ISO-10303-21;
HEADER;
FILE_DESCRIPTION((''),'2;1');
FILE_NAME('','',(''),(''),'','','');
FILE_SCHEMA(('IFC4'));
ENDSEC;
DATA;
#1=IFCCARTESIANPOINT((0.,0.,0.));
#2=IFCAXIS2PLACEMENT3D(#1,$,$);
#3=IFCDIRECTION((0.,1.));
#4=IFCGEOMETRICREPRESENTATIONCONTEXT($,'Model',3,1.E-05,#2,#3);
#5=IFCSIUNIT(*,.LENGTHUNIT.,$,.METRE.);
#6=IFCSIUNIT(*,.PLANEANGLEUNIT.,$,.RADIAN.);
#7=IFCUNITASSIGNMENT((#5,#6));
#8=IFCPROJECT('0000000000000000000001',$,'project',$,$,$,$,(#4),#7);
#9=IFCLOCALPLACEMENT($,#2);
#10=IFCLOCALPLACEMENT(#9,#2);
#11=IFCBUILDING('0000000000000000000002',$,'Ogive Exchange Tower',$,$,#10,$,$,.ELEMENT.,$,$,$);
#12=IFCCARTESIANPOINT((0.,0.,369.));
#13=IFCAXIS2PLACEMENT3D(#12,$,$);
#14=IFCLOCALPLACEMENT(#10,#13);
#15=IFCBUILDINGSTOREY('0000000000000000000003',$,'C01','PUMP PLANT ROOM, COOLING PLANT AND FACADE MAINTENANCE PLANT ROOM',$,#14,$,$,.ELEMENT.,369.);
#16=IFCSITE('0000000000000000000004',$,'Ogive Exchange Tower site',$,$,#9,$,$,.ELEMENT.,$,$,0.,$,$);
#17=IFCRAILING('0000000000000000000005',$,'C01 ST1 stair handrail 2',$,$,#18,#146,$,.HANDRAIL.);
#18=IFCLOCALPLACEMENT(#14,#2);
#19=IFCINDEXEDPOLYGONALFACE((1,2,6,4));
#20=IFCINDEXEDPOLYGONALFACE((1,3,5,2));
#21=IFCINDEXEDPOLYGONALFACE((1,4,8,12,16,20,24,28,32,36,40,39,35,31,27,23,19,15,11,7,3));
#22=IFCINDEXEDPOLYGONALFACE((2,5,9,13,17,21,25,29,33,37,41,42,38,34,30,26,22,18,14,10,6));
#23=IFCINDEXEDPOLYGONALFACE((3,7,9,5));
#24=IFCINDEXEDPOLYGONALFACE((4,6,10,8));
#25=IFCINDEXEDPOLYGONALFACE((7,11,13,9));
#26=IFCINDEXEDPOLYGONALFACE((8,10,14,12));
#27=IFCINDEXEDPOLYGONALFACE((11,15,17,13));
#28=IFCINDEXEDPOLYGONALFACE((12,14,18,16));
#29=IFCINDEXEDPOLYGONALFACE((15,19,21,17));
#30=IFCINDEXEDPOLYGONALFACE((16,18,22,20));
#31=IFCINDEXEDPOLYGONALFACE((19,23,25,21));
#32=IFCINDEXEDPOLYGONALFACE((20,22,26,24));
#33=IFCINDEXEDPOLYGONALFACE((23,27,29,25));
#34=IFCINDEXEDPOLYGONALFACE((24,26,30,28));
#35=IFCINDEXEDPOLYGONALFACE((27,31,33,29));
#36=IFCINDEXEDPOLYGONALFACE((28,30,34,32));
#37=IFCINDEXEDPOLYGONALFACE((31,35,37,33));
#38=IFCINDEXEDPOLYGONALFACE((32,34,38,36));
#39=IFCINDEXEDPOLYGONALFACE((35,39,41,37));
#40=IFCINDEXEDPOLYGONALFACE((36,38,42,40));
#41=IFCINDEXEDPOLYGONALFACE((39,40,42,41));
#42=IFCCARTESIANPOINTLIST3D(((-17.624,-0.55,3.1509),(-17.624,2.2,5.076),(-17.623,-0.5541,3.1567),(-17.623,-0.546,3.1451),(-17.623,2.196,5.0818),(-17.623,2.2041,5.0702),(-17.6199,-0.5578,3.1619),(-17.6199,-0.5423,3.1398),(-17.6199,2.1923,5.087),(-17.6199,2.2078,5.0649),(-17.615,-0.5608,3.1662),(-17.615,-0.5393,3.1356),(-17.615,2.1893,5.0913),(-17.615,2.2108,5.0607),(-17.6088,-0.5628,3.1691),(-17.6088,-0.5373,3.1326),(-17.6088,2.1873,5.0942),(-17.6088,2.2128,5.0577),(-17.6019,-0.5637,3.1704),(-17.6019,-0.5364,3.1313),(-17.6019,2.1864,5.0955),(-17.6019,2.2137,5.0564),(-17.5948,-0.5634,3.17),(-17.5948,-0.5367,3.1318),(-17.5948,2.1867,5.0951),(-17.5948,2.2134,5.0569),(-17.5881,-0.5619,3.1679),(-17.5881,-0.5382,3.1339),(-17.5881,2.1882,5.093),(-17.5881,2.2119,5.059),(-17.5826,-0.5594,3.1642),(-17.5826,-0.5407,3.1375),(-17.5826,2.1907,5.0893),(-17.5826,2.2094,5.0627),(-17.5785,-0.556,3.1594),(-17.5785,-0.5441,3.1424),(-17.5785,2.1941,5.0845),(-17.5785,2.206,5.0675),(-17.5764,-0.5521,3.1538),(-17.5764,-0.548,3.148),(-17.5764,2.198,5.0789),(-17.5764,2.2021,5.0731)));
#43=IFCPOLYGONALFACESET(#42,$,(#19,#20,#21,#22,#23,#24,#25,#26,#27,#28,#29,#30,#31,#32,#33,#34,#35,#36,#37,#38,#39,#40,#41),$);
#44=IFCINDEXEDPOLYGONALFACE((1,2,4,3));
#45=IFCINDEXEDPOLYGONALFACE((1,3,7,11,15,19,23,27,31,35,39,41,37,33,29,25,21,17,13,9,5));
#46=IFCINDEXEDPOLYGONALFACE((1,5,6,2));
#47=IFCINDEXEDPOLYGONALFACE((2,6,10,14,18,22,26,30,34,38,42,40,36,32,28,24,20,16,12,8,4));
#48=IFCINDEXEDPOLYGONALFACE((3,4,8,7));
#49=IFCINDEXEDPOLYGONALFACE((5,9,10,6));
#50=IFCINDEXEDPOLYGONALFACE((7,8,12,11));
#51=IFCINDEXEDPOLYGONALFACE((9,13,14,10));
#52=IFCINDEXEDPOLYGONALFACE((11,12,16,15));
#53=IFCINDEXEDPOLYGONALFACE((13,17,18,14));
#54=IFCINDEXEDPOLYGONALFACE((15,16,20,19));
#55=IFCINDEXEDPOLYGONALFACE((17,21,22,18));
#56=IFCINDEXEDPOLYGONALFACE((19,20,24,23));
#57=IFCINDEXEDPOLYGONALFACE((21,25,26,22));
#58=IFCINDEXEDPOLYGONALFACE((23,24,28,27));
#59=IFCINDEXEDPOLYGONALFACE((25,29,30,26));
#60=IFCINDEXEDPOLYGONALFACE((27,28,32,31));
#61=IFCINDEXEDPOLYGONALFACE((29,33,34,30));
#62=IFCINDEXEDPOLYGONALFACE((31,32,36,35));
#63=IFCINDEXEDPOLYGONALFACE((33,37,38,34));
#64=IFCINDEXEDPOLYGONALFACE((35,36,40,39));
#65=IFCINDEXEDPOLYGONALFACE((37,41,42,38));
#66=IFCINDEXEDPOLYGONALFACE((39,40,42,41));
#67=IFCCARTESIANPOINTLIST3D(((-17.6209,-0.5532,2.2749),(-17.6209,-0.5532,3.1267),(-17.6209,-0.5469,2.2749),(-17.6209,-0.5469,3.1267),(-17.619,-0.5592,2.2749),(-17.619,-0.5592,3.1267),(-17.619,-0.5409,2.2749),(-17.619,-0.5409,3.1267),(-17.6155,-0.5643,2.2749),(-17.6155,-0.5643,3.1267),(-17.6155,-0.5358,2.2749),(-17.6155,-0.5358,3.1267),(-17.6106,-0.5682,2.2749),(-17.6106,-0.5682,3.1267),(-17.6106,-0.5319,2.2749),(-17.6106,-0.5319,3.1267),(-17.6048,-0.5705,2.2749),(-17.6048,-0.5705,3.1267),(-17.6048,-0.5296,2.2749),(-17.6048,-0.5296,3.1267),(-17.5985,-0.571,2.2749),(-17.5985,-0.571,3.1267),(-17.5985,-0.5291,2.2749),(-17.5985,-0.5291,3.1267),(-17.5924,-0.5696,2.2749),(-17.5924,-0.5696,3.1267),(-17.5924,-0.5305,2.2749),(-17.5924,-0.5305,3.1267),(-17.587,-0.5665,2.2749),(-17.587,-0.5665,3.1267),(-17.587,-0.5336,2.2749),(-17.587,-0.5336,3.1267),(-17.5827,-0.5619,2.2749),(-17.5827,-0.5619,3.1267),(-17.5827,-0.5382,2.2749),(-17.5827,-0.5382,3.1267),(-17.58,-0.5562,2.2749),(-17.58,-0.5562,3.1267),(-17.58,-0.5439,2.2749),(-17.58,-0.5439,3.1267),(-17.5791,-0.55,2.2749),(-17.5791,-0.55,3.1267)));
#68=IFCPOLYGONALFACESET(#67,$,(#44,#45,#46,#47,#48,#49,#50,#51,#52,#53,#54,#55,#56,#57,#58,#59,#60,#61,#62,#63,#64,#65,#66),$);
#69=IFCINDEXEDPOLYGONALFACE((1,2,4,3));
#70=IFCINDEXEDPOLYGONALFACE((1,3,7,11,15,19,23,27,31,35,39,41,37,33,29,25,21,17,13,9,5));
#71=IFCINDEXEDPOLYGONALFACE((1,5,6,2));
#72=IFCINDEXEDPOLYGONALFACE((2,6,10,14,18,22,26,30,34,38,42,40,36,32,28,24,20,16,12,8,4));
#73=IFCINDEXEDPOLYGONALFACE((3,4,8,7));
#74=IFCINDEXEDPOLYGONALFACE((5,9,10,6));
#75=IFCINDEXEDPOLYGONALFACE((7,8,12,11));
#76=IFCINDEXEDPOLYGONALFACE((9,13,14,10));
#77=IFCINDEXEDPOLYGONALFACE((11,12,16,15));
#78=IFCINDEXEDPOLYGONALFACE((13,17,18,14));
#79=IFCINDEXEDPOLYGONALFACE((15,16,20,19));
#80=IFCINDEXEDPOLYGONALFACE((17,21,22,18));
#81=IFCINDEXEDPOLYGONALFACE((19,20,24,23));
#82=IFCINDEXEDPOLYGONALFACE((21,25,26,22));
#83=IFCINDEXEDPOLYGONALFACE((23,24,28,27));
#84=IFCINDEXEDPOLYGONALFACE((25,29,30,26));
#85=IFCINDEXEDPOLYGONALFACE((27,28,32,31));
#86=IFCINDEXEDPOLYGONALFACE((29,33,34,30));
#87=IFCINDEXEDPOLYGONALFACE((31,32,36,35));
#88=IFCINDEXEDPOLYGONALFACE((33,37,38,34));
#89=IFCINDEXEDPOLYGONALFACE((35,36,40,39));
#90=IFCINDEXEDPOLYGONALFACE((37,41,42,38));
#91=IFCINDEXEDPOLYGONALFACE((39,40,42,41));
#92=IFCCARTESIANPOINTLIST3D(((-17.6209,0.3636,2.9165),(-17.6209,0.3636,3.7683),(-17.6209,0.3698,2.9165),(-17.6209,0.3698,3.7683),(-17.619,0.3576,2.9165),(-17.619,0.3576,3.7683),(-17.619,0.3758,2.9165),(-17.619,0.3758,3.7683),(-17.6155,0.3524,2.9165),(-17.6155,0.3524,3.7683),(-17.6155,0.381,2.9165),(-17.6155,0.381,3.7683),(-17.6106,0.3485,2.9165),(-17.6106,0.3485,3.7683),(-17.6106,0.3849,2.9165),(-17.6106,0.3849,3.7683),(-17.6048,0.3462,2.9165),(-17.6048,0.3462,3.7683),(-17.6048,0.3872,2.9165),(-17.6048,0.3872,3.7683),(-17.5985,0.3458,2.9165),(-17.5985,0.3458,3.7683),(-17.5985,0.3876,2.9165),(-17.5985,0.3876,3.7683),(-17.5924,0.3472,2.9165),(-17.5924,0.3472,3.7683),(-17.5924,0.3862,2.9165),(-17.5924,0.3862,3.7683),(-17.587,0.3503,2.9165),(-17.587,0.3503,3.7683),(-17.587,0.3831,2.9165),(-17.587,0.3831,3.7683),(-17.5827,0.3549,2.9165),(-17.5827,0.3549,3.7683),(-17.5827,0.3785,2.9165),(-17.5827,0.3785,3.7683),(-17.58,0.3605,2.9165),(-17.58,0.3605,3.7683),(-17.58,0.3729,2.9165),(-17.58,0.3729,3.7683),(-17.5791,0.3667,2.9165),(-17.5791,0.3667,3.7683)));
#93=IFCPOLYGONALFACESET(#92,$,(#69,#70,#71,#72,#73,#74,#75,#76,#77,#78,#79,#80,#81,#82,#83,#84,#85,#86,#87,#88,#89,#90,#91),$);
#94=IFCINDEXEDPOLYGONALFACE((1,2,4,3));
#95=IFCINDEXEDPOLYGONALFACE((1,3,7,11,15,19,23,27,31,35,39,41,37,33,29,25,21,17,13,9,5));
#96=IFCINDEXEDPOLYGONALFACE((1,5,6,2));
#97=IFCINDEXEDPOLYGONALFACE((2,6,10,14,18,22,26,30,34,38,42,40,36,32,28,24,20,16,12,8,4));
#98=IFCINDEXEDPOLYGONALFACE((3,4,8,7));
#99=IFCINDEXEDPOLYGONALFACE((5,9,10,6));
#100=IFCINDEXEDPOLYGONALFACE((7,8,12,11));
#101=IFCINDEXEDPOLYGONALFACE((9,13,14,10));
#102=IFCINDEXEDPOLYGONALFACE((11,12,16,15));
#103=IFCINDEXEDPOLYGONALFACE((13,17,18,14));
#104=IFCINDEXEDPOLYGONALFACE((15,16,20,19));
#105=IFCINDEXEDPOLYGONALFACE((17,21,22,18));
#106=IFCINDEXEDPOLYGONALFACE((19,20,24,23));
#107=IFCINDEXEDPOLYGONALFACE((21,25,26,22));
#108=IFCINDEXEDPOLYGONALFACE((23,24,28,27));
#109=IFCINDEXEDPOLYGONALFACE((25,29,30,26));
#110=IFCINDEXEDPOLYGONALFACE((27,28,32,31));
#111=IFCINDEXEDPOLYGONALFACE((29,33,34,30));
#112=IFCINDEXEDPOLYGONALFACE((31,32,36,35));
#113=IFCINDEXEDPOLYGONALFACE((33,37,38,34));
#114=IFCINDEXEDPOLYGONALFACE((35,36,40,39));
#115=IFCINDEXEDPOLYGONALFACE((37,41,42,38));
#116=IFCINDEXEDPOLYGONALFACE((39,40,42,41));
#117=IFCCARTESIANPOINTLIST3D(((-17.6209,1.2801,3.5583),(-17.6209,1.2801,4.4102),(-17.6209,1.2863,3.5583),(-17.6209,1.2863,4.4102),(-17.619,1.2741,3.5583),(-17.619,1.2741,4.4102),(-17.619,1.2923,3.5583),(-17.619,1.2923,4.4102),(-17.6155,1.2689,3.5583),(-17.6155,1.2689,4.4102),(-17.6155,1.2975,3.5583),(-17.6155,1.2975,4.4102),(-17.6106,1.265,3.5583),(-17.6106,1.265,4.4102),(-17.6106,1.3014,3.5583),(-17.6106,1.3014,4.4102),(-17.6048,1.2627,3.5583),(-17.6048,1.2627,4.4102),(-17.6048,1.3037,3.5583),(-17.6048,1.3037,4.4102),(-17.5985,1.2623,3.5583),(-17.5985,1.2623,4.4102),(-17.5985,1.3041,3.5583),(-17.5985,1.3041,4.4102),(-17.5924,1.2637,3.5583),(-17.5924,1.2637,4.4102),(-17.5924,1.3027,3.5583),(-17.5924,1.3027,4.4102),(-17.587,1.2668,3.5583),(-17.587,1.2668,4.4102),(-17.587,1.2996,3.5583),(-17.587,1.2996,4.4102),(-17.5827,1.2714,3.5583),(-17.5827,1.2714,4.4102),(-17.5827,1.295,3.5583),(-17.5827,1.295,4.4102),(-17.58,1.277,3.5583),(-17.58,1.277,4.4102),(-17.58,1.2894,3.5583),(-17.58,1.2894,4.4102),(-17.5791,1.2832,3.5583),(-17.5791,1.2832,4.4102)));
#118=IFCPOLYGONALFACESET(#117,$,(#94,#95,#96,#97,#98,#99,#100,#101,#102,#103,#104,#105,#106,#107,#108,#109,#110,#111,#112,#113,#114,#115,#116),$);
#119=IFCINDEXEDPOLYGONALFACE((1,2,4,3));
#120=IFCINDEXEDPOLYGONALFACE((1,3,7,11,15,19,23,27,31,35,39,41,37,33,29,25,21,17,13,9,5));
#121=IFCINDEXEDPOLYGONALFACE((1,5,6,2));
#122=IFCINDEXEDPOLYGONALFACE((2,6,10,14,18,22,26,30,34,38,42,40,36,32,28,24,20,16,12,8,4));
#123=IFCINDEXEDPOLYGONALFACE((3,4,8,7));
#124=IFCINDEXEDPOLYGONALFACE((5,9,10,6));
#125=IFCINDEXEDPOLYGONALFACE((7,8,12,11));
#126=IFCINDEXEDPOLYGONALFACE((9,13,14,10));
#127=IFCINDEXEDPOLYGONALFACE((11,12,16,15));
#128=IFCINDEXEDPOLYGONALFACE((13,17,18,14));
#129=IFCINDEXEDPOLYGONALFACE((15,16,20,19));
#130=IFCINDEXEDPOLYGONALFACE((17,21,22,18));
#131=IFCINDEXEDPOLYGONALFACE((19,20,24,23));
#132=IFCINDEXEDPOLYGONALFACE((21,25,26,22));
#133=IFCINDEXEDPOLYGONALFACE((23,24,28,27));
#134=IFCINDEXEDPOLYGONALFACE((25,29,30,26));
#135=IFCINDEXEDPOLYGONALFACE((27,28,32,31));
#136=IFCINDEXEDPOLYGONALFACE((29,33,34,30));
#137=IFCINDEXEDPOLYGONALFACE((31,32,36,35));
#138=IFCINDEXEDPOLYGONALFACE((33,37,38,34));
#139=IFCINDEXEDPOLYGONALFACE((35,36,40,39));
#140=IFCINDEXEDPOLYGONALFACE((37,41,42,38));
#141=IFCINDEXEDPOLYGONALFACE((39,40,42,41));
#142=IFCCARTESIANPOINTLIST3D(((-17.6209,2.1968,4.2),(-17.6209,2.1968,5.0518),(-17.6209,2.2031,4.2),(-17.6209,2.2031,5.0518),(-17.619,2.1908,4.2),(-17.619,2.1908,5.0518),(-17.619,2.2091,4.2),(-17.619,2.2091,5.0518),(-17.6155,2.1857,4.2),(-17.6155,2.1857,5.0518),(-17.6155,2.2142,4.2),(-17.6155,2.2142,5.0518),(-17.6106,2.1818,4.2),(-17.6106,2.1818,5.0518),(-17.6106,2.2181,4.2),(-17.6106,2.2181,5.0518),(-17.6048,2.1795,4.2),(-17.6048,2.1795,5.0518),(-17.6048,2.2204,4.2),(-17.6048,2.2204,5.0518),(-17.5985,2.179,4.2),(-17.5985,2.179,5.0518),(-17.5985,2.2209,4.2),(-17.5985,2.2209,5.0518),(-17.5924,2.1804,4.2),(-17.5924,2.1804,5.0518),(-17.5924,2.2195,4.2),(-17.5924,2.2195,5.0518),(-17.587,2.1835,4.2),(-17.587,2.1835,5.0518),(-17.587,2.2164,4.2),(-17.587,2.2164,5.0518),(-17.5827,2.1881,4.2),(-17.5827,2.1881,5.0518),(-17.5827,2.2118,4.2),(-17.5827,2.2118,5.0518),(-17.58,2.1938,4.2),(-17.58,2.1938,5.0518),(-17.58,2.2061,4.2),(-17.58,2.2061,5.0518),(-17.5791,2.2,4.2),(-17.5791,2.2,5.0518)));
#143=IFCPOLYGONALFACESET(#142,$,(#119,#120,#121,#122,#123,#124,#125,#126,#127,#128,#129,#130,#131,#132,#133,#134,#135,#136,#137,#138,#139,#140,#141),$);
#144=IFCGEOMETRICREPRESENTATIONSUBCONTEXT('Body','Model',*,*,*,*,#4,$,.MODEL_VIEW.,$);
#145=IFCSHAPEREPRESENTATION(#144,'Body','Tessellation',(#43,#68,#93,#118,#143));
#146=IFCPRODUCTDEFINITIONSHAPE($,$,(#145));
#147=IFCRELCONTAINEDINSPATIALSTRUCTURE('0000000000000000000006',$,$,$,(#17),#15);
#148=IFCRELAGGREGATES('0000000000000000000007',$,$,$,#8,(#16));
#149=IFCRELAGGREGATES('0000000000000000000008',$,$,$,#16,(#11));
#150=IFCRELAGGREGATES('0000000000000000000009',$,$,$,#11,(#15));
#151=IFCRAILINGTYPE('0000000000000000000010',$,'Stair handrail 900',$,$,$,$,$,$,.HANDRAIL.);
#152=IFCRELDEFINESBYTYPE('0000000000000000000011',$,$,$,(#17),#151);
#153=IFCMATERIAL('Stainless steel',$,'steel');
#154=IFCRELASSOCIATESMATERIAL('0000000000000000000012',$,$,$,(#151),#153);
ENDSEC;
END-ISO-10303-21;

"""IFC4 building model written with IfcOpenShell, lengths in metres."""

from ifc_helpers import new_model, si_unit, direction, frame, origin, origin_2d, place, context, subcontext, project, spatial, circle, extrude, material, type_object, element, save


model = new_model("IFC4")

# Units and contexts
model_context = context("Model", 3, precision=1e-05, world=origin(), true_north=direction((0.0, 1.0)))
body_context = subcontext(model_context, "Body", "Model", "MODEL_VIEW")
ifc_project = project(units=[si_unit("LENGTHUNIT", "METRE"), si_unit("PLANEANGLEUNIT", "RADIAN")], contexts=[model_context])

# Site, building, storey
site_placement = place(None, origin())
site = spatial("IfcSite", under=ifc_project, at=site_placement, Name="Ogive Exchange Tower site", CompositionType="ELEMENT", RefElevation=0.0)
building_placement = place(site_placement, origin())
building = spatial("IfcBuilding", under=site, at=building_placement, Name="Ogive Exchange Tower", CompositionType="ELEMENT")
storey_placement = place(building_placement, frame((0.0, 0.0, 369.0)))
storey = spatial("IfcBuildingStorey", under=building, at=storey_placement, Name="C01", Description="PUMP PLANT ROOM, COOLING PLANT AND FACADE MAINTENANCE PLANT ROOM", CompositionType="ELEMENT", Elevation=369.0)

# Shared definitions
ifc_material_1 = material(Name="Stainless steel", Category="steel")

# Railing
railing_type = type_object("IfcRailingType", Name="Stair handrail 900", PredefinedType="HANDRAIL", material=ifc_material_1)
railing_placement = place(storey_placement, frame((-17.6001, -0.55, 2.2749)))
element("IfcRailing", 1, at=railing_placement, inside=storey, type_object=railing_type, Name="C01 ST1 stair handrail 2", PredefinedType="HANDRAIL", context=body_context, shape_type="SweptSolid", body=[
    extrude(circle(Radius=0.0239, at=origin_2d()), frame((0.0, 0.0, 0.876), z_axis=(0.0, 0.819225, 0.573472), x_axis=(-1.0, 0.0, 0.0)), (0.0, 0.0, 1.0), 3.3569),
    extrude(circle(Radius=0.021, at=origin_2d()), origin(), (0.0, 0.0, 1.0), 0.8518),
    extrude(circle(Radius=0.021, at=origin_2d()), frame((0.0, 0.9167, 0.6416)), (0.0, 0.0, 1.0), 0.8518),
    extrude(circle(Radius=0.021, at=origin_2d()), frame((0.0, 1.8333, 1.2834)), (0.0, 0.0, 1.0), 0.8518),
    extrude(circle(Radius=0.021, at=origin_2d()), frame((0.0, 2.75, 1.925)), (0.0, 0.0, 1.0), 0.8518),
])

save(model, "model.ifc")
